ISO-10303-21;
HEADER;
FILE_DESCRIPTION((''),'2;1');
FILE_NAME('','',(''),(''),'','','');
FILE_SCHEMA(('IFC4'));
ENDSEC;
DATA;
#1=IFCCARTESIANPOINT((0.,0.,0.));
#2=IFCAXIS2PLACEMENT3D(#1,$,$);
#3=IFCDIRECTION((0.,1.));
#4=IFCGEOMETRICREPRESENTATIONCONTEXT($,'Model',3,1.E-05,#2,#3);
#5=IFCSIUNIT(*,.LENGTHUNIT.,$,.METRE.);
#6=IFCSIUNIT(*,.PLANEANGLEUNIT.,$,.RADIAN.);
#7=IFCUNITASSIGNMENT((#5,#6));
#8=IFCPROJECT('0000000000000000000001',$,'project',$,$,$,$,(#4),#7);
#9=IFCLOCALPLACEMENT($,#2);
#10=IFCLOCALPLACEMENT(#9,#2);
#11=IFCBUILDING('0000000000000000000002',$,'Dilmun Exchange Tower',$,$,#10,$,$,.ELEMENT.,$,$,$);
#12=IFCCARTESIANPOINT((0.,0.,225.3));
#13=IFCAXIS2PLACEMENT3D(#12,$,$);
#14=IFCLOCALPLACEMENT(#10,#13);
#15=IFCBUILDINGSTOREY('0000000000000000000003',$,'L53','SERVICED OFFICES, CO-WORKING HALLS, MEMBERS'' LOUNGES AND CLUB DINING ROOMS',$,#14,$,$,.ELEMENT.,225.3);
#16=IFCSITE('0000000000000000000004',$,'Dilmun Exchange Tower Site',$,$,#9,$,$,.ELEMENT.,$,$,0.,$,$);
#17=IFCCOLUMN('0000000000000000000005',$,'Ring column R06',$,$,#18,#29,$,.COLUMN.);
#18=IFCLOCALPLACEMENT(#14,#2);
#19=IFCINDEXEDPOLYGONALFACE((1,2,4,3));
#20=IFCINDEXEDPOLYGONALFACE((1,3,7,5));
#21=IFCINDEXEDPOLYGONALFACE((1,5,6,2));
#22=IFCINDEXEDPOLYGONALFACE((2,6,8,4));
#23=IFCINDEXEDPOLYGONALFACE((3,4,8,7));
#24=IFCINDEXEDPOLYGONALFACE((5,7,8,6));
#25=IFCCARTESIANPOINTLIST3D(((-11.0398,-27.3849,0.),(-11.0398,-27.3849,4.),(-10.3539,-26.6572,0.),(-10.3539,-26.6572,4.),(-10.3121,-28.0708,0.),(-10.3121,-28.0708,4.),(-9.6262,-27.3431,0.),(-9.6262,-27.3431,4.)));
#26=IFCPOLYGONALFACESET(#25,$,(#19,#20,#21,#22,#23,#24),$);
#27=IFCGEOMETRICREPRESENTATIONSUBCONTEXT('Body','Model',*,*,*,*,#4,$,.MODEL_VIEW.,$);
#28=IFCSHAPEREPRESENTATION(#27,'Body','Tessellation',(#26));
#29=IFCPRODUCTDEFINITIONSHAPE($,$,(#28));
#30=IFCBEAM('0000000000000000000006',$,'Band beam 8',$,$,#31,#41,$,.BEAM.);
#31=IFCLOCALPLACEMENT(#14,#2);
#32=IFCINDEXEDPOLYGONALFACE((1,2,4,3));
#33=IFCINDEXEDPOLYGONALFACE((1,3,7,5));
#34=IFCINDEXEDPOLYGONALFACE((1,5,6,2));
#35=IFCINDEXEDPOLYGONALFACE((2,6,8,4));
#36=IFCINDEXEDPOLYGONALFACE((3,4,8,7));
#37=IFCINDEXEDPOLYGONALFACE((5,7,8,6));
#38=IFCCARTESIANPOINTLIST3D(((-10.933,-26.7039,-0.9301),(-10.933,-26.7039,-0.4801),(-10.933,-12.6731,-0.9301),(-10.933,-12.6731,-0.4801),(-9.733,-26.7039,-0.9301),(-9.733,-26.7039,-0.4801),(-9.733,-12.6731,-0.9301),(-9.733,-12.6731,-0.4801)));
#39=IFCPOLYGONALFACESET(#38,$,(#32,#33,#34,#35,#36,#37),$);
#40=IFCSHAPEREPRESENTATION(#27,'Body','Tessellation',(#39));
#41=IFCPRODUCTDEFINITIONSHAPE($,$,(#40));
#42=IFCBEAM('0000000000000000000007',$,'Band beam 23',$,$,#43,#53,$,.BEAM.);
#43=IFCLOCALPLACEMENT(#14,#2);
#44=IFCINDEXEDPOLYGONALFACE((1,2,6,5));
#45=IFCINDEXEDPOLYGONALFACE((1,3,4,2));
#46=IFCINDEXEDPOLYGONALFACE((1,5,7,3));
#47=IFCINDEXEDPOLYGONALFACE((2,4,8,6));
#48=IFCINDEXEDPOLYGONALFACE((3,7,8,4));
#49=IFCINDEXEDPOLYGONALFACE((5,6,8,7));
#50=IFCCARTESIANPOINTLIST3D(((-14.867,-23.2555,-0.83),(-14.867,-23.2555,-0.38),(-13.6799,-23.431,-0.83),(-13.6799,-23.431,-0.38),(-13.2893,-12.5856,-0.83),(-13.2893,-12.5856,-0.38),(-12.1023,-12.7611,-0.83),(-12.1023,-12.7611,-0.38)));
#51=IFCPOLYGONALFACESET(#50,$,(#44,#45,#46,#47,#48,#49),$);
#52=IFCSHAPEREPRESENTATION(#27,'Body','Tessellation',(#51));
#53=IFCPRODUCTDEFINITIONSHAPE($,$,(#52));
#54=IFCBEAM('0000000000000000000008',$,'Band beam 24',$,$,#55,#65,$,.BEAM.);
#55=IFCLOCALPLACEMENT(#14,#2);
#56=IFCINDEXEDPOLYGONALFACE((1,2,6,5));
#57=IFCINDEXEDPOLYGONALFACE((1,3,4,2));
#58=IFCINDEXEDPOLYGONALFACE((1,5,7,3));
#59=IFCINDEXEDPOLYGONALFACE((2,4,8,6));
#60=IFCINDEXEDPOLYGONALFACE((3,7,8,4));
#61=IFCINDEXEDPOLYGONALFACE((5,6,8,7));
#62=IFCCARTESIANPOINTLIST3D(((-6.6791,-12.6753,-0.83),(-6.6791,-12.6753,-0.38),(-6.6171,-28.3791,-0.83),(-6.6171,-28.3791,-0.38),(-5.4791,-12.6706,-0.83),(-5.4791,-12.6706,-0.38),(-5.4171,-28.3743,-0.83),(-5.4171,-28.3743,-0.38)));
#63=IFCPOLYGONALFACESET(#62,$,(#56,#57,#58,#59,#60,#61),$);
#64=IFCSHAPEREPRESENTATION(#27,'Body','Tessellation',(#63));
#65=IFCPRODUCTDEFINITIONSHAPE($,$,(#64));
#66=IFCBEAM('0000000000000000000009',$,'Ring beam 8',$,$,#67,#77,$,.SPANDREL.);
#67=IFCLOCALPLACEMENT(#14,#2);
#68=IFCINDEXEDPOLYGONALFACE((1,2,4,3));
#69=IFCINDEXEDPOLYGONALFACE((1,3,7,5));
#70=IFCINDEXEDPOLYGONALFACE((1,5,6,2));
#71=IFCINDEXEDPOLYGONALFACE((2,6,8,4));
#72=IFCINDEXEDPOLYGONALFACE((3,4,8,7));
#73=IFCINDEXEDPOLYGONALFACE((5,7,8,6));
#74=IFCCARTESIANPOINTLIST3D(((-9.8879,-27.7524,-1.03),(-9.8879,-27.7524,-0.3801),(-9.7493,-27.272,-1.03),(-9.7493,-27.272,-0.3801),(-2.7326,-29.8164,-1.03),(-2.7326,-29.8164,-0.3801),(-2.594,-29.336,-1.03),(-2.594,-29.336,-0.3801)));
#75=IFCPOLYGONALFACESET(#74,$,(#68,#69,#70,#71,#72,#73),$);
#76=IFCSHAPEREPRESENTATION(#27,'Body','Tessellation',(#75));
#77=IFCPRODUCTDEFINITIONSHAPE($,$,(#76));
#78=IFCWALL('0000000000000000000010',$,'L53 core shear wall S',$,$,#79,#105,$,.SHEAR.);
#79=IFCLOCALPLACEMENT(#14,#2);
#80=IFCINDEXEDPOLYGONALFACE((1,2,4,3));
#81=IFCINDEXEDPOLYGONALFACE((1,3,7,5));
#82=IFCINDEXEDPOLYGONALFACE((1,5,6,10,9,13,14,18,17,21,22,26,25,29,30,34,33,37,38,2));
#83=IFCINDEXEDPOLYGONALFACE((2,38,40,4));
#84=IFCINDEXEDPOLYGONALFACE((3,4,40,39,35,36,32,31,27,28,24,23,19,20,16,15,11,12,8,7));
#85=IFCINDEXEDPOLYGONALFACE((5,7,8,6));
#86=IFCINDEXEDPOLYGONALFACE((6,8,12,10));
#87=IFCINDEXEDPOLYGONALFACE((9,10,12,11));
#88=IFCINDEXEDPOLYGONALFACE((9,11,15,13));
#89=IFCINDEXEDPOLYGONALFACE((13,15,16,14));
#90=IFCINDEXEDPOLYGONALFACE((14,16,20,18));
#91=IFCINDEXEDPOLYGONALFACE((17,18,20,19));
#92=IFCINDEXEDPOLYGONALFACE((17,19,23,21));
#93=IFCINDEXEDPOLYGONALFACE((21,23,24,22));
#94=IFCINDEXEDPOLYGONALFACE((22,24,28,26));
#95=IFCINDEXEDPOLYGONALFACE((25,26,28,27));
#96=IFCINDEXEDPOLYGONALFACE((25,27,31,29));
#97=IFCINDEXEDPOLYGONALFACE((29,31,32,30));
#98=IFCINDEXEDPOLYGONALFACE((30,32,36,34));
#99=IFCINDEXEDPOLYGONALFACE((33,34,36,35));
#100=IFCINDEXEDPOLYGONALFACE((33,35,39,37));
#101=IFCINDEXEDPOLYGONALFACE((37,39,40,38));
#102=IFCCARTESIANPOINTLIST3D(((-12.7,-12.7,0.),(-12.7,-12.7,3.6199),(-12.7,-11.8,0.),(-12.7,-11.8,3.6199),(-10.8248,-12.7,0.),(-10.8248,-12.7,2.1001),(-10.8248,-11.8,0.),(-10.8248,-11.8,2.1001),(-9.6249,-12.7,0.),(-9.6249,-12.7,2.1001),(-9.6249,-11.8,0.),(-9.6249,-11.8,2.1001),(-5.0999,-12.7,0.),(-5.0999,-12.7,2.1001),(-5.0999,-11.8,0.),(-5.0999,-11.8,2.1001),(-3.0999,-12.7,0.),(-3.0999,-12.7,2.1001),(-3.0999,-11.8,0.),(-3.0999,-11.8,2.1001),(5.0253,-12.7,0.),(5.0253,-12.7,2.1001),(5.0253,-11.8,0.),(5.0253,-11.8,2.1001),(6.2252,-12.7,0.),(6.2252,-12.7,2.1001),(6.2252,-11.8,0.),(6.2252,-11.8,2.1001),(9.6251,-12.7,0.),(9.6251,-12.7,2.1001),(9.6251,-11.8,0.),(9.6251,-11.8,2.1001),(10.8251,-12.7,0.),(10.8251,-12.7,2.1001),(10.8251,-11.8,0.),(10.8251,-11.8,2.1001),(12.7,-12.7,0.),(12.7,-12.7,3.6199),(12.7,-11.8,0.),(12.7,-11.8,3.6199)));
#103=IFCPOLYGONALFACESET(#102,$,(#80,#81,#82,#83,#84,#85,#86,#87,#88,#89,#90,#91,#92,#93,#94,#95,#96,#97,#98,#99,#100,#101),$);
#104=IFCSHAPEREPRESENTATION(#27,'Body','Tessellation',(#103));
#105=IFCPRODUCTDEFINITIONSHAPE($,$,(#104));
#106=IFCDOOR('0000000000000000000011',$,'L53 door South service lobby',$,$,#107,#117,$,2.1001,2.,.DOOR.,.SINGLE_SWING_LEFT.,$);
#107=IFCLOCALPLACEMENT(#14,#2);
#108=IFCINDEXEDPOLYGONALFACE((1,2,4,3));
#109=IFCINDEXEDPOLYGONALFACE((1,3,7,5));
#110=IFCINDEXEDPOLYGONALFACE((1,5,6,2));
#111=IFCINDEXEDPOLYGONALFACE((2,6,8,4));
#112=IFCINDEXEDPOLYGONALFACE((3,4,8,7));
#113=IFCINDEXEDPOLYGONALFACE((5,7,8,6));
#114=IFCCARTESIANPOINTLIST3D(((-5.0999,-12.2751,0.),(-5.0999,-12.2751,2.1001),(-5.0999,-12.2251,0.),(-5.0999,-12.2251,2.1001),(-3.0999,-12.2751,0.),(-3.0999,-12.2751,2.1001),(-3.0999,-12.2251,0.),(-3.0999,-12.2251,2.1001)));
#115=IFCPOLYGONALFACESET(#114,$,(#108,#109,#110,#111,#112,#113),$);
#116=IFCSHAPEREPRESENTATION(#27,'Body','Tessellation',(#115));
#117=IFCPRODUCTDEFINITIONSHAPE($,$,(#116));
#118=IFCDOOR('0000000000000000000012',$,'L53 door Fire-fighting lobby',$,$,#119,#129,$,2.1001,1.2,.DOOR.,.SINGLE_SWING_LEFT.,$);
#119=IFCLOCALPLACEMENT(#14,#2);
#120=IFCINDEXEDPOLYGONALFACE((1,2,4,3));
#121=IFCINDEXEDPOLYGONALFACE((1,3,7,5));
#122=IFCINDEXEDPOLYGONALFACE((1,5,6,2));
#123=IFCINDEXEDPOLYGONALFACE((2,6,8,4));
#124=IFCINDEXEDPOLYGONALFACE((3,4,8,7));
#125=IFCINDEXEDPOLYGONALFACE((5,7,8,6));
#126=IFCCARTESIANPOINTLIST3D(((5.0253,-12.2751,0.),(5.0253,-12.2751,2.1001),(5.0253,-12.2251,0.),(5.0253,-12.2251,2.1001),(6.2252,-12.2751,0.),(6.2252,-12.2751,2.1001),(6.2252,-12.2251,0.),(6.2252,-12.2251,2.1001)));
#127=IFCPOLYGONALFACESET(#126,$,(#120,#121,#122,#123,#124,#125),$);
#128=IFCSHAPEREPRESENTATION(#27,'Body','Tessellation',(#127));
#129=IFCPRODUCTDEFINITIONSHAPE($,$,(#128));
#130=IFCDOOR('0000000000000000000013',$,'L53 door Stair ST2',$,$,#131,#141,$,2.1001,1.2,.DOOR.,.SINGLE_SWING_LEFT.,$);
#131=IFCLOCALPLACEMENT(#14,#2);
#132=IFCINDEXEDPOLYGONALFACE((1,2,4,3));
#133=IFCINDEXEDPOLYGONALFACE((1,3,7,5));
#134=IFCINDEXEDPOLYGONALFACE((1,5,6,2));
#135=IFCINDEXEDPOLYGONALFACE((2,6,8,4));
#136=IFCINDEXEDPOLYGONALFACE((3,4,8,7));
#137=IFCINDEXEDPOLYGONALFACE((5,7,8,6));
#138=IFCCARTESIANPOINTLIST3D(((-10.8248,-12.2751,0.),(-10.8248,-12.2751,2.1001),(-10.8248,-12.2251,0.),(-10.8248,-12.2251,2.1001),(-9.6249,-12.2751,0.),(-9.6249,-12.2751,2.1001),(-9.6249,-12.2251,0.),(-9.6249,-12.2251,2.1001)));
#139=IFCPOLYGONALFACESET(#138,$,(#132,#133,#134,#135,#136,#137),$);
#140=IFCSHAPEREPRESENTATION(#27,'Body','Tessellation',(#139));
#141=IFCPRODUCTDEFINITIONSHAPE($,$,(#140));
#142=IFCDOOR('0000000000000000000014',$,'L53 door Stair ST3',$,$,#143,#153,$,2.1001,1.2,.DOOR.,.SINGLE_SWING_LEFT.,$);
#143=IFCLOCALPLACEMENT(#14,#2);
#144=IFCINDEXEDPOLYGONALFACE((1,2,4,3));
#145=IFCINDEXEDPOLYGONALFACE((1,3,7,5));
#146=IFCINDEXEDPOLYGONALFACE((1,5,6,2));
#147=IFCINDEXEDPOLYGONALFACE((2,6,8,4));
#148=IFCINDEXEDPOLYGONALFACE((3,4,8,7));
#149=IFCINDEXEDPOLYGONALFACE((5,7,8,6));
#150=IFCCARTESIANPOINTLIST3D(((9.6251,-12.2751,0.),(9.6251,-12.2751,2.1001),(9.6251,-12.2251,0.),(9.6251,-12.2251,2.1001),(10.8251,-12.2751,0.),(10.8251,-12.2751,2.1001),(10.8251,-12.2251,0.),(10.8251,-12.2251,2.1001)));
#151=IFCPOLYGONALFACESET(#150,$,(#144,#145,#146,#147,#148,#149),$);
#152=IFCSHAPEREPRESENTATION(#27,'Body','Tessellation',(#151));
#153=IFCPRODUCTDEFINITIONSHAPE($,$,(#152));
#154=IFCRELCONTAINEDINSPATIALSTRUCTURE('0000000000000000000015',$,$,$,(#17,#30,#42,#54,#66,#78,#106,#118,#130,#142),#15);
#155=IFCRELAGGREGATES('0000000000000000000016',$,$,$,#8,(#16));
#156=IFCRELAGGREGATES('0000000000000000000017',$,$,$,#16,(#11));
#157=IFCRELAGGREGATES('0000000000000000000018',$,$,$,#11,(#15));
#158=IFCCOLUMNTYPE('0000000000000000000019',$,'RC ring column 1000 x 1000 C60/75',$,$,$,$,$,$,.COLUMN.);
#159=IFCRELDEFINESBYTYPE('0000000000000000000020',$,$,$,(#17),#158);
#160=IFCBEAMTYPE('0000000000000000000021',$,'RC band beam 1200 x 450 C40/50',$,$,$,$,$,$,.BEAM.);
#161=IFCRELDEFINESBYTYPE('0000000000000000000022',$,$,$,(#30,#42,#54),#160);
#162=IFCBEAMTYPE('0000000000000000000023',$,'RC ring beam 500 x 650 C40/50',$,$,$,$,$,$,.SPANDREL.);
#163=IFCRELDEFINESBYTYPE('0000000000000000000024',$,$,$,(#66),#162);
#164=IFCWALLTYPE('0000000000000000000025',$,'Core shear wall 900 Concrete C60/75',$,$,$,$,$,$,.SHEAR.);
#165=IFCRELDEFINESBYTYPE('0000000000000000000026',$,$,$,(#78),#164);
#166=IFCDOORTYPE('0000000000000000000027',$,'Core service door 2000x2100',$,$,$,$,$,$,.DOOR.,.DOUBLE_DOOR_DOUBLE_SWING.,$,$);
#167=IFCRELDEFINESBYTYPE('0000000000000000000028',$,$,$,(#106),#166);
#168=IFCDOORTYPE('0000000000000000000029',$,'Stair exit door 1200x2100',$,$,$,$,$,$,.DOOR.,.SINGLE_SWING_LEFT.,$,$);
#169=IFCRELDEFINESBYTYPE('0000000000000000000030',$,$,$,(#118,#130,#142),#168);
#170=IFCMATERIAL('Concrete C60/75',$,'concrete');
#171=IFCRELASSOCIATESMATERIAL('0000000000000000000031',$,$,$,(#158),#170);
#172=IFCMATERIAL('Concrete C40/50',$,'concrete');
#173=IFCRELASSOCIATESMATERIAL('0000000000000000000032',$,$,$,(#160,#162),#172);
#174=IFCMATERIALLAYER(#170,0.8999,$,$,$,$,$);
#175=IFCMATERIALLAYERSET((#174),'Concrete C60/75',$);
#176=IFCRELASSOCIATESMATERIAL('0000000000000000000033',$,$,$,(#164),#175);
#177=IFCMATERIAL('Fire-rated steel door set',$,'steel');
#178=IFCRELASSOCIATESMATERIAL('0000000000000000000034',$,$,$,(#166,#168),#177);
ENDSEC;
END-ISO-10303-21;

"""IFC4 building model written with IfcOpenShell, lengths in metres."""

from ifc_helpers import new_model, si_unit, direction, frame, frame_2d, origin, origin_2d, place, context, subcontext, project, spatial, rectangle, extrude, material, layer, layer_set, material_profile, profile_set, type_object, element, fill, save


model = new_model("IFC4")

# Units and contexts
model_context = context("Model", 3, precision=1e-05, world=origin(), true_north=direction((0.0, 1.0)))
body_context = subcontext(model_context, "Body", "Model", "MODEL_VIEW")
ifc_project = project(units=[si_unit("LENGTHUNIT", "METRE"), si_unit("PLANEANGLEUNIT", "RADIAN")], contexts=[model_context])

# Site, building, storey
site_placement = place(None, origin())
site = spatial("IfcSite", under=ifc_project, at=site_placement, Name="Dilmun Exchange Tower Site", CompositionType="ELEMENT", RefElevation=0.0)
building_placement = place(site_placement, origin())
building = spatial("IfcBuilding", under=site, at=building_placement, Name="Dilmun Exchange Tower", CompositionType="ELEMENT")
storey_placement = place(building_placement, frame((0.0, 0.0, 225.3)))
storey = spatial("IfcBuildingStorey", under=building, at=storey_placement, Name="L53", Description="SERVICED OFFICES, CO-WORKING HALLS, MEMBERS' LOUNGES AND CLUB DINING ROOMS", CompositionType="ELEMENT", Elevation=225.3)

# Column
ifc_material_1 = material(Name="Concrete C60/75", Category="concrete")
ifc_material_profile_1 = material_profile(ifc_material_1, rectangle(XDim=1.0, YDim=1.0, at=origin_2d()), Name="1000 x 1000")
ifc_profile_set_1 = profile_set([ifc_material_profile_1], Name="Concrete C60/75")
column_type = type_object("IfcColumnType", Name="RC ring column 1000 x 1000 C60/75", PredefinedType="COLUMN", material=ifc_profile_set_1)
column_placement = place(storey_placement, frame((-10.333, -27.364, 0.0), z_axis=(0.0, 0.0, 1.0), x_axis=(0.685916, 0.727681, 0.0)))
element("IfcColumn", 1, at=column_placement, inside=storey, type_object=column_type, Name="Ring column R06", PredefinedType="COLUMN", context=body_context, shape_type="SweptSolid", body=[
    extrude(rectangle(XDim=1.0, YDim=1.0, at=origin_2d()), origin(), (0.0, 0.0, 1.0), 4.0),
])

# Beams
ifc_material_2 = material(Name="Concrete C40/50", Category="concrete")
ifc_material_profile_2 = material_profile(ifc_material_2, rectangle(XDim=1.2, YDim=0.45, at=origin_2d()), Name="1200 x 450")
ifc_profile_set_2 = profile_set([ifc_material_profile_2], Name="Concrete C40/50")
beam_type_1 = type_object("IfcBeamType", Name="RC band beam 1200 x 450 C40/50", PredefinedType="BEAM", material=ifc_profile_set_2)
beam_1_placement = place(storey_placement, frame((-10.333, -26.7039, -0.7051), z_axis=(0.0, 1.0, 0.0), x_axis=(-1.0, 0.0, 0.0)))
element("IfcBeam", 2, at=beam_1_placement, inside=storey, type_object=beam_type_1, Name="Band beam 8", PredefinedType="BEAM", context=body_context, shape_type="SweptSolid", body=[
    extrude(rectangle(XDim=1.2, YDim=0.45, at=origin_2d()), origin(), (0.0, 0.0, 1.0), 14.0308),
])
beam_2_placement = place(storey_placement, frame((-14.2734, -23.3433, -0.605), z_axis=(0.146268, 0.989245, 0.0), x_axis=(-0.989245, 0.146268, 0.0)))
element("IfcBeam", 3, at=beam_2_placement, inside=storey, type_object=beam_type_1, Name="Band beam 23", PredefinedType="BEAM", context=body_context, shape_type="SweptSolid", body=[
    extrude(rectangle(XDim=1.2, YDim=0.45, at=origin_2d()), origin(), (0.0, 0.0, 1.0), 10.7859),
])
beam_3_placement = place(storey_placement, frame((-6.0171, -28.3767, -0.605), z_axis=(-0.003949, 0.999992, 0.0), x_axis=(-0.999992, -0.003949, 0.0)))
element("IfcBeam", 4, at=beam_3_placement, inside=storey, type_object=beam_type_1, Name="Band beam 24", PredefinedType="BEAM", context=body_context, shape_type="SweptSolid", body=[
    extrude(rectangle(XDim=1.2, YDim=0.45, at=origin_2d()), origin(), (0.0, 0.0, 1.0), 15.7039),
])
ifc_material_profile_3 = material_profile(ifc_material_2, rectangle(XDim=0.5, YDim=0.6499, at=origin_2d()), Name="500 x 650")
ifc_profile_set_3 = profile_set([ifc_material_profile_3], Name="Concrete C40/50")
beam_type_2 = type_object("IfcBeamType", Name="RC ring beam 500 x 650 C40/50", PredefinedType="SPANDREL", material=ifc_profile_set_3)
beam_4_placement = place(storey_placement, frame((-9.8186, -27.5122, -0.7051), z_axis=(0.960826, -0.277154, 0.0), x_axis=(0.277154, 0.960826, 0.0)))
element("IfcBeam", 5, at=beam_4_placement, inside=storey, type_object=beam_type_2, Name="Ring beam 8", PredefinedType="SPANDREL", context=body_context, shape_type="SweptSolid", body=[
    extrude(rectangle(XDim=0.5, YDim=0.6499, at=origin_2d()), origin(), (0.0, 0.0, 1.0), 7.447),
])

# Wall, openings, doors
ifc_layer_1 = layer(ifc_material_1, 0.8999)
ifc_layer_set_1 = layer_set([ifc_layer_1], Name="Concrete C60/75")
wall_type_1 = type_object("IfcWallType", Name="Core shear wall 900 Concrete C60/75", PredefinedType="SHEAR", material=ifc_layer_set_1)
wall_1_placement = place(storey_placement, frame((-12.7, -12.25, 0.0), z_axis=(0.0, 0.0, 1.0), x_axis=(1.0, 0.0, 0.0)))
wall_1 = element("IfcWall", 6, at=wall_1_placement, inside=storey, type_object=wall_type_1, Name="L53 core shear wall S", PredefinedType="SHEAR", context=body_context, shape_type="SweptSolid", body=[
    extrude(rectangle(XDim=25.3999, YDim=0.8999, at=frame_2d((12.7, 0.0))), origin(), (0.0, 0.0, 1.0), 3.6199),
])
opening_1_placement = place(wall_1_placement, frame((7.6001, 0.0, 0.0)))
opening_1 = element("IfcOpeningElement", 7, at=opening_1_placement, cuts=wall_1, PredefinedType="OPENING", context=body_context, shape_type="SweptSolid", body=[
    extrude(rectangle(XDim=2.0, YDim=2.1001, at=frame_2d((1.0, 1.05))), frame((0.0, 0.46, 0.0), z_axis=(0.0, -1.0, 0.0), x_axis=(1.0, 0.0, 0.0)), (0.0, 0.0, 1.0), 0.9199),
])
opening_2_placement = place(wall_1_placement, frame((17.7251, 0.0, 0.0)))
opening_2 = element("IfcOpeningElement", 8, at=opening_2_placement, cuts=wall_1, PredefinedType="OPENING", context=body_context, shape_type="SweptSolid", body=[
    extrude(rectangle(XDim=1.2, YDim=2.1001, at=frame_2d((0.6001, 1.05))), frame((0.0, 0.46, 0.0), z_axis=(0.0, -1.0, 0.0), x_axis=(1.0, 0.0, 0.0)), (0.0, 0.0, 1.0), 0.9199),
])
opening_3_placement = place(wall_1_placement, frame((1.875, 0.0, 0.0)))
opening_3 = element("IfcOpeningElement", 9, at=opening_3_placement, cuts=wall_1, PredefinedType="OPENING", context=body_context, shape_type="SweptSolid", body=[
    extrude(rectangle(XDim=1.2, YDim=2.1001, at=frame_2d((0.6001, 1.05))), frame((0.0, 0.46, 0.0), z_axis=(0.0, -1.0, 0.0), x_axis=(1.0, 0.0, 0.0)), (0.0, 0.0, 1.0), 0.9199),
])
opening_4_placement = place(wall_1_placement, frame((22.325, 0.0, 0.0)))
opening_4 = element("IfcOpeningElement", 10, at=opening_4_placement, cuts=wall_1, PredefinedType="OPENING", context=body_context, shape_type="SweptSolid", body=[
    extrude(rectangle(XDim=1.2, YDim=2.1001, at=frame_2d((0.6001, 1.05))), frame((0.0, 0.46, 0.0), z_axis=(0.0, -1.0, 0.0), x_axis=(1.0, 0.0, 0.0)), (0.0, 0.0, 1.0), 0.9199),
])
ifc_material_3 = material(Name="Fire-rated steel door set", Category="steel")
door_type_1 = type_object("IfcDoorType", Name="Core service door 2000x2100", OperationType="DOUBLE_DOOR_DOUBLE_SWING", PredefinedType="DOOR", material=ifc_material_3)
door_1_placement = place(opening_1_placement, origin())
door_1 = element("IfcDoor", 11, at=door_1_placement, inside=storey, type_object=door_type_1, Name="L53 door South service lobby", OperationType="SINGLE_SWING_LEFT", OverallHeight=2.1001, OverallWidth=2.0, PredefinedType="DOOR", context=body_context, shape_type="SweptSolid", body=[
    extrude(rectangle(XDim=2.0, YDim=2.1001, at=frame_2d((1.0, 1.05))), frame((0.0, 0.0249, 0.0), z_axis=(0.0, -1.0, 0.0), x_axis=(1.0, 0.0, 0.0)), (0.0, 0.0, 1.0), 0.05),
])
fill(opening_1, door_1)
door_type_2 = type_object("IfcDoorType", Name="Stair exit door 1200x2100", OperationType="SINGLE_SWING_LEFT", PredefinedType="DOOR", material=ifc_material_3)
door_2_placement = place(opening_2_placement, origin())
door_2 = element("IfcDoor", 12, at=door_2_placement, inside=storey, type_object=door_type_2, Name="L53 door Fire-fighting lobby", OperationType="SINGLE_SWING_LEFT", OverallHeight=2.1001, OverallWidth=1.2, PredefinedType="DOOR", context=body_context, shape_type="SweptSolid", body=[
    extrude(rectangle(XDim=1.2, YDim=2.1001, at=frame_2d((0.6001, 1.05))), frame((0.0, 0.0249, 0.0), z_axis=(0.0, -1.0, 0.0), x_axis=(1.0, 0.0, 0.0)), (0.0, 0.0, 1.0), 0.05),
])
fill(opening_2, door_2)
door_3_placement = place(opening_3_placement, origin())
door_3 = element("IfcDoor", 13, at=door_3_placement, inside=storey, type_object=door_type_2, Name="L53 door Stair ST2", OperationType="SINGLE_SWING_LEFT", OverallHeight=2.1001, OverallWidth=1.2, PredefinedType="DOOR", context=body_context, shape_type="SweptSolid", body=[
    extrude(rectangle(XDim=1.2, YDim=2.1001, at=frame_2d((0.6001, 1.05))), frame((0.0, 0.0249, 0.0), z_axis=(0.0, -1.0, 0.0), x_axis=(1.0, 0.0, 0.0)), (0.0, 0.0, 1.0), 0.05),
])
fill(opening_3, door_3)
door_4_placement = place(opening_4_placement, origin())
door_4 = element("IfcDoor", 14, at=door_4_placement, inside=storey, type_object=door_type_2, Name="L53 door Stair ST3", OperationType="SINGLE_SWING_LEFT", OverallHeight=2.1001, OverallWidth=1.2, PredefinedType="DOOR", context=body_context, shape_type="SweptSolid", body=[
    extrude(rectangle(XDim=1.2, YDim=2.1001, at=frame_2d((0.6001, 1.05))), frame((0.0, 0.0249, 0.0), z_axis=(0.0, -1.0, 0.0), x_axis=(1.0, 0.0, 0.0)), (0.0, 0.0, 1.0), 0.05),
])
fill(opening_4, door_4)

save(model, "model.ifc")
